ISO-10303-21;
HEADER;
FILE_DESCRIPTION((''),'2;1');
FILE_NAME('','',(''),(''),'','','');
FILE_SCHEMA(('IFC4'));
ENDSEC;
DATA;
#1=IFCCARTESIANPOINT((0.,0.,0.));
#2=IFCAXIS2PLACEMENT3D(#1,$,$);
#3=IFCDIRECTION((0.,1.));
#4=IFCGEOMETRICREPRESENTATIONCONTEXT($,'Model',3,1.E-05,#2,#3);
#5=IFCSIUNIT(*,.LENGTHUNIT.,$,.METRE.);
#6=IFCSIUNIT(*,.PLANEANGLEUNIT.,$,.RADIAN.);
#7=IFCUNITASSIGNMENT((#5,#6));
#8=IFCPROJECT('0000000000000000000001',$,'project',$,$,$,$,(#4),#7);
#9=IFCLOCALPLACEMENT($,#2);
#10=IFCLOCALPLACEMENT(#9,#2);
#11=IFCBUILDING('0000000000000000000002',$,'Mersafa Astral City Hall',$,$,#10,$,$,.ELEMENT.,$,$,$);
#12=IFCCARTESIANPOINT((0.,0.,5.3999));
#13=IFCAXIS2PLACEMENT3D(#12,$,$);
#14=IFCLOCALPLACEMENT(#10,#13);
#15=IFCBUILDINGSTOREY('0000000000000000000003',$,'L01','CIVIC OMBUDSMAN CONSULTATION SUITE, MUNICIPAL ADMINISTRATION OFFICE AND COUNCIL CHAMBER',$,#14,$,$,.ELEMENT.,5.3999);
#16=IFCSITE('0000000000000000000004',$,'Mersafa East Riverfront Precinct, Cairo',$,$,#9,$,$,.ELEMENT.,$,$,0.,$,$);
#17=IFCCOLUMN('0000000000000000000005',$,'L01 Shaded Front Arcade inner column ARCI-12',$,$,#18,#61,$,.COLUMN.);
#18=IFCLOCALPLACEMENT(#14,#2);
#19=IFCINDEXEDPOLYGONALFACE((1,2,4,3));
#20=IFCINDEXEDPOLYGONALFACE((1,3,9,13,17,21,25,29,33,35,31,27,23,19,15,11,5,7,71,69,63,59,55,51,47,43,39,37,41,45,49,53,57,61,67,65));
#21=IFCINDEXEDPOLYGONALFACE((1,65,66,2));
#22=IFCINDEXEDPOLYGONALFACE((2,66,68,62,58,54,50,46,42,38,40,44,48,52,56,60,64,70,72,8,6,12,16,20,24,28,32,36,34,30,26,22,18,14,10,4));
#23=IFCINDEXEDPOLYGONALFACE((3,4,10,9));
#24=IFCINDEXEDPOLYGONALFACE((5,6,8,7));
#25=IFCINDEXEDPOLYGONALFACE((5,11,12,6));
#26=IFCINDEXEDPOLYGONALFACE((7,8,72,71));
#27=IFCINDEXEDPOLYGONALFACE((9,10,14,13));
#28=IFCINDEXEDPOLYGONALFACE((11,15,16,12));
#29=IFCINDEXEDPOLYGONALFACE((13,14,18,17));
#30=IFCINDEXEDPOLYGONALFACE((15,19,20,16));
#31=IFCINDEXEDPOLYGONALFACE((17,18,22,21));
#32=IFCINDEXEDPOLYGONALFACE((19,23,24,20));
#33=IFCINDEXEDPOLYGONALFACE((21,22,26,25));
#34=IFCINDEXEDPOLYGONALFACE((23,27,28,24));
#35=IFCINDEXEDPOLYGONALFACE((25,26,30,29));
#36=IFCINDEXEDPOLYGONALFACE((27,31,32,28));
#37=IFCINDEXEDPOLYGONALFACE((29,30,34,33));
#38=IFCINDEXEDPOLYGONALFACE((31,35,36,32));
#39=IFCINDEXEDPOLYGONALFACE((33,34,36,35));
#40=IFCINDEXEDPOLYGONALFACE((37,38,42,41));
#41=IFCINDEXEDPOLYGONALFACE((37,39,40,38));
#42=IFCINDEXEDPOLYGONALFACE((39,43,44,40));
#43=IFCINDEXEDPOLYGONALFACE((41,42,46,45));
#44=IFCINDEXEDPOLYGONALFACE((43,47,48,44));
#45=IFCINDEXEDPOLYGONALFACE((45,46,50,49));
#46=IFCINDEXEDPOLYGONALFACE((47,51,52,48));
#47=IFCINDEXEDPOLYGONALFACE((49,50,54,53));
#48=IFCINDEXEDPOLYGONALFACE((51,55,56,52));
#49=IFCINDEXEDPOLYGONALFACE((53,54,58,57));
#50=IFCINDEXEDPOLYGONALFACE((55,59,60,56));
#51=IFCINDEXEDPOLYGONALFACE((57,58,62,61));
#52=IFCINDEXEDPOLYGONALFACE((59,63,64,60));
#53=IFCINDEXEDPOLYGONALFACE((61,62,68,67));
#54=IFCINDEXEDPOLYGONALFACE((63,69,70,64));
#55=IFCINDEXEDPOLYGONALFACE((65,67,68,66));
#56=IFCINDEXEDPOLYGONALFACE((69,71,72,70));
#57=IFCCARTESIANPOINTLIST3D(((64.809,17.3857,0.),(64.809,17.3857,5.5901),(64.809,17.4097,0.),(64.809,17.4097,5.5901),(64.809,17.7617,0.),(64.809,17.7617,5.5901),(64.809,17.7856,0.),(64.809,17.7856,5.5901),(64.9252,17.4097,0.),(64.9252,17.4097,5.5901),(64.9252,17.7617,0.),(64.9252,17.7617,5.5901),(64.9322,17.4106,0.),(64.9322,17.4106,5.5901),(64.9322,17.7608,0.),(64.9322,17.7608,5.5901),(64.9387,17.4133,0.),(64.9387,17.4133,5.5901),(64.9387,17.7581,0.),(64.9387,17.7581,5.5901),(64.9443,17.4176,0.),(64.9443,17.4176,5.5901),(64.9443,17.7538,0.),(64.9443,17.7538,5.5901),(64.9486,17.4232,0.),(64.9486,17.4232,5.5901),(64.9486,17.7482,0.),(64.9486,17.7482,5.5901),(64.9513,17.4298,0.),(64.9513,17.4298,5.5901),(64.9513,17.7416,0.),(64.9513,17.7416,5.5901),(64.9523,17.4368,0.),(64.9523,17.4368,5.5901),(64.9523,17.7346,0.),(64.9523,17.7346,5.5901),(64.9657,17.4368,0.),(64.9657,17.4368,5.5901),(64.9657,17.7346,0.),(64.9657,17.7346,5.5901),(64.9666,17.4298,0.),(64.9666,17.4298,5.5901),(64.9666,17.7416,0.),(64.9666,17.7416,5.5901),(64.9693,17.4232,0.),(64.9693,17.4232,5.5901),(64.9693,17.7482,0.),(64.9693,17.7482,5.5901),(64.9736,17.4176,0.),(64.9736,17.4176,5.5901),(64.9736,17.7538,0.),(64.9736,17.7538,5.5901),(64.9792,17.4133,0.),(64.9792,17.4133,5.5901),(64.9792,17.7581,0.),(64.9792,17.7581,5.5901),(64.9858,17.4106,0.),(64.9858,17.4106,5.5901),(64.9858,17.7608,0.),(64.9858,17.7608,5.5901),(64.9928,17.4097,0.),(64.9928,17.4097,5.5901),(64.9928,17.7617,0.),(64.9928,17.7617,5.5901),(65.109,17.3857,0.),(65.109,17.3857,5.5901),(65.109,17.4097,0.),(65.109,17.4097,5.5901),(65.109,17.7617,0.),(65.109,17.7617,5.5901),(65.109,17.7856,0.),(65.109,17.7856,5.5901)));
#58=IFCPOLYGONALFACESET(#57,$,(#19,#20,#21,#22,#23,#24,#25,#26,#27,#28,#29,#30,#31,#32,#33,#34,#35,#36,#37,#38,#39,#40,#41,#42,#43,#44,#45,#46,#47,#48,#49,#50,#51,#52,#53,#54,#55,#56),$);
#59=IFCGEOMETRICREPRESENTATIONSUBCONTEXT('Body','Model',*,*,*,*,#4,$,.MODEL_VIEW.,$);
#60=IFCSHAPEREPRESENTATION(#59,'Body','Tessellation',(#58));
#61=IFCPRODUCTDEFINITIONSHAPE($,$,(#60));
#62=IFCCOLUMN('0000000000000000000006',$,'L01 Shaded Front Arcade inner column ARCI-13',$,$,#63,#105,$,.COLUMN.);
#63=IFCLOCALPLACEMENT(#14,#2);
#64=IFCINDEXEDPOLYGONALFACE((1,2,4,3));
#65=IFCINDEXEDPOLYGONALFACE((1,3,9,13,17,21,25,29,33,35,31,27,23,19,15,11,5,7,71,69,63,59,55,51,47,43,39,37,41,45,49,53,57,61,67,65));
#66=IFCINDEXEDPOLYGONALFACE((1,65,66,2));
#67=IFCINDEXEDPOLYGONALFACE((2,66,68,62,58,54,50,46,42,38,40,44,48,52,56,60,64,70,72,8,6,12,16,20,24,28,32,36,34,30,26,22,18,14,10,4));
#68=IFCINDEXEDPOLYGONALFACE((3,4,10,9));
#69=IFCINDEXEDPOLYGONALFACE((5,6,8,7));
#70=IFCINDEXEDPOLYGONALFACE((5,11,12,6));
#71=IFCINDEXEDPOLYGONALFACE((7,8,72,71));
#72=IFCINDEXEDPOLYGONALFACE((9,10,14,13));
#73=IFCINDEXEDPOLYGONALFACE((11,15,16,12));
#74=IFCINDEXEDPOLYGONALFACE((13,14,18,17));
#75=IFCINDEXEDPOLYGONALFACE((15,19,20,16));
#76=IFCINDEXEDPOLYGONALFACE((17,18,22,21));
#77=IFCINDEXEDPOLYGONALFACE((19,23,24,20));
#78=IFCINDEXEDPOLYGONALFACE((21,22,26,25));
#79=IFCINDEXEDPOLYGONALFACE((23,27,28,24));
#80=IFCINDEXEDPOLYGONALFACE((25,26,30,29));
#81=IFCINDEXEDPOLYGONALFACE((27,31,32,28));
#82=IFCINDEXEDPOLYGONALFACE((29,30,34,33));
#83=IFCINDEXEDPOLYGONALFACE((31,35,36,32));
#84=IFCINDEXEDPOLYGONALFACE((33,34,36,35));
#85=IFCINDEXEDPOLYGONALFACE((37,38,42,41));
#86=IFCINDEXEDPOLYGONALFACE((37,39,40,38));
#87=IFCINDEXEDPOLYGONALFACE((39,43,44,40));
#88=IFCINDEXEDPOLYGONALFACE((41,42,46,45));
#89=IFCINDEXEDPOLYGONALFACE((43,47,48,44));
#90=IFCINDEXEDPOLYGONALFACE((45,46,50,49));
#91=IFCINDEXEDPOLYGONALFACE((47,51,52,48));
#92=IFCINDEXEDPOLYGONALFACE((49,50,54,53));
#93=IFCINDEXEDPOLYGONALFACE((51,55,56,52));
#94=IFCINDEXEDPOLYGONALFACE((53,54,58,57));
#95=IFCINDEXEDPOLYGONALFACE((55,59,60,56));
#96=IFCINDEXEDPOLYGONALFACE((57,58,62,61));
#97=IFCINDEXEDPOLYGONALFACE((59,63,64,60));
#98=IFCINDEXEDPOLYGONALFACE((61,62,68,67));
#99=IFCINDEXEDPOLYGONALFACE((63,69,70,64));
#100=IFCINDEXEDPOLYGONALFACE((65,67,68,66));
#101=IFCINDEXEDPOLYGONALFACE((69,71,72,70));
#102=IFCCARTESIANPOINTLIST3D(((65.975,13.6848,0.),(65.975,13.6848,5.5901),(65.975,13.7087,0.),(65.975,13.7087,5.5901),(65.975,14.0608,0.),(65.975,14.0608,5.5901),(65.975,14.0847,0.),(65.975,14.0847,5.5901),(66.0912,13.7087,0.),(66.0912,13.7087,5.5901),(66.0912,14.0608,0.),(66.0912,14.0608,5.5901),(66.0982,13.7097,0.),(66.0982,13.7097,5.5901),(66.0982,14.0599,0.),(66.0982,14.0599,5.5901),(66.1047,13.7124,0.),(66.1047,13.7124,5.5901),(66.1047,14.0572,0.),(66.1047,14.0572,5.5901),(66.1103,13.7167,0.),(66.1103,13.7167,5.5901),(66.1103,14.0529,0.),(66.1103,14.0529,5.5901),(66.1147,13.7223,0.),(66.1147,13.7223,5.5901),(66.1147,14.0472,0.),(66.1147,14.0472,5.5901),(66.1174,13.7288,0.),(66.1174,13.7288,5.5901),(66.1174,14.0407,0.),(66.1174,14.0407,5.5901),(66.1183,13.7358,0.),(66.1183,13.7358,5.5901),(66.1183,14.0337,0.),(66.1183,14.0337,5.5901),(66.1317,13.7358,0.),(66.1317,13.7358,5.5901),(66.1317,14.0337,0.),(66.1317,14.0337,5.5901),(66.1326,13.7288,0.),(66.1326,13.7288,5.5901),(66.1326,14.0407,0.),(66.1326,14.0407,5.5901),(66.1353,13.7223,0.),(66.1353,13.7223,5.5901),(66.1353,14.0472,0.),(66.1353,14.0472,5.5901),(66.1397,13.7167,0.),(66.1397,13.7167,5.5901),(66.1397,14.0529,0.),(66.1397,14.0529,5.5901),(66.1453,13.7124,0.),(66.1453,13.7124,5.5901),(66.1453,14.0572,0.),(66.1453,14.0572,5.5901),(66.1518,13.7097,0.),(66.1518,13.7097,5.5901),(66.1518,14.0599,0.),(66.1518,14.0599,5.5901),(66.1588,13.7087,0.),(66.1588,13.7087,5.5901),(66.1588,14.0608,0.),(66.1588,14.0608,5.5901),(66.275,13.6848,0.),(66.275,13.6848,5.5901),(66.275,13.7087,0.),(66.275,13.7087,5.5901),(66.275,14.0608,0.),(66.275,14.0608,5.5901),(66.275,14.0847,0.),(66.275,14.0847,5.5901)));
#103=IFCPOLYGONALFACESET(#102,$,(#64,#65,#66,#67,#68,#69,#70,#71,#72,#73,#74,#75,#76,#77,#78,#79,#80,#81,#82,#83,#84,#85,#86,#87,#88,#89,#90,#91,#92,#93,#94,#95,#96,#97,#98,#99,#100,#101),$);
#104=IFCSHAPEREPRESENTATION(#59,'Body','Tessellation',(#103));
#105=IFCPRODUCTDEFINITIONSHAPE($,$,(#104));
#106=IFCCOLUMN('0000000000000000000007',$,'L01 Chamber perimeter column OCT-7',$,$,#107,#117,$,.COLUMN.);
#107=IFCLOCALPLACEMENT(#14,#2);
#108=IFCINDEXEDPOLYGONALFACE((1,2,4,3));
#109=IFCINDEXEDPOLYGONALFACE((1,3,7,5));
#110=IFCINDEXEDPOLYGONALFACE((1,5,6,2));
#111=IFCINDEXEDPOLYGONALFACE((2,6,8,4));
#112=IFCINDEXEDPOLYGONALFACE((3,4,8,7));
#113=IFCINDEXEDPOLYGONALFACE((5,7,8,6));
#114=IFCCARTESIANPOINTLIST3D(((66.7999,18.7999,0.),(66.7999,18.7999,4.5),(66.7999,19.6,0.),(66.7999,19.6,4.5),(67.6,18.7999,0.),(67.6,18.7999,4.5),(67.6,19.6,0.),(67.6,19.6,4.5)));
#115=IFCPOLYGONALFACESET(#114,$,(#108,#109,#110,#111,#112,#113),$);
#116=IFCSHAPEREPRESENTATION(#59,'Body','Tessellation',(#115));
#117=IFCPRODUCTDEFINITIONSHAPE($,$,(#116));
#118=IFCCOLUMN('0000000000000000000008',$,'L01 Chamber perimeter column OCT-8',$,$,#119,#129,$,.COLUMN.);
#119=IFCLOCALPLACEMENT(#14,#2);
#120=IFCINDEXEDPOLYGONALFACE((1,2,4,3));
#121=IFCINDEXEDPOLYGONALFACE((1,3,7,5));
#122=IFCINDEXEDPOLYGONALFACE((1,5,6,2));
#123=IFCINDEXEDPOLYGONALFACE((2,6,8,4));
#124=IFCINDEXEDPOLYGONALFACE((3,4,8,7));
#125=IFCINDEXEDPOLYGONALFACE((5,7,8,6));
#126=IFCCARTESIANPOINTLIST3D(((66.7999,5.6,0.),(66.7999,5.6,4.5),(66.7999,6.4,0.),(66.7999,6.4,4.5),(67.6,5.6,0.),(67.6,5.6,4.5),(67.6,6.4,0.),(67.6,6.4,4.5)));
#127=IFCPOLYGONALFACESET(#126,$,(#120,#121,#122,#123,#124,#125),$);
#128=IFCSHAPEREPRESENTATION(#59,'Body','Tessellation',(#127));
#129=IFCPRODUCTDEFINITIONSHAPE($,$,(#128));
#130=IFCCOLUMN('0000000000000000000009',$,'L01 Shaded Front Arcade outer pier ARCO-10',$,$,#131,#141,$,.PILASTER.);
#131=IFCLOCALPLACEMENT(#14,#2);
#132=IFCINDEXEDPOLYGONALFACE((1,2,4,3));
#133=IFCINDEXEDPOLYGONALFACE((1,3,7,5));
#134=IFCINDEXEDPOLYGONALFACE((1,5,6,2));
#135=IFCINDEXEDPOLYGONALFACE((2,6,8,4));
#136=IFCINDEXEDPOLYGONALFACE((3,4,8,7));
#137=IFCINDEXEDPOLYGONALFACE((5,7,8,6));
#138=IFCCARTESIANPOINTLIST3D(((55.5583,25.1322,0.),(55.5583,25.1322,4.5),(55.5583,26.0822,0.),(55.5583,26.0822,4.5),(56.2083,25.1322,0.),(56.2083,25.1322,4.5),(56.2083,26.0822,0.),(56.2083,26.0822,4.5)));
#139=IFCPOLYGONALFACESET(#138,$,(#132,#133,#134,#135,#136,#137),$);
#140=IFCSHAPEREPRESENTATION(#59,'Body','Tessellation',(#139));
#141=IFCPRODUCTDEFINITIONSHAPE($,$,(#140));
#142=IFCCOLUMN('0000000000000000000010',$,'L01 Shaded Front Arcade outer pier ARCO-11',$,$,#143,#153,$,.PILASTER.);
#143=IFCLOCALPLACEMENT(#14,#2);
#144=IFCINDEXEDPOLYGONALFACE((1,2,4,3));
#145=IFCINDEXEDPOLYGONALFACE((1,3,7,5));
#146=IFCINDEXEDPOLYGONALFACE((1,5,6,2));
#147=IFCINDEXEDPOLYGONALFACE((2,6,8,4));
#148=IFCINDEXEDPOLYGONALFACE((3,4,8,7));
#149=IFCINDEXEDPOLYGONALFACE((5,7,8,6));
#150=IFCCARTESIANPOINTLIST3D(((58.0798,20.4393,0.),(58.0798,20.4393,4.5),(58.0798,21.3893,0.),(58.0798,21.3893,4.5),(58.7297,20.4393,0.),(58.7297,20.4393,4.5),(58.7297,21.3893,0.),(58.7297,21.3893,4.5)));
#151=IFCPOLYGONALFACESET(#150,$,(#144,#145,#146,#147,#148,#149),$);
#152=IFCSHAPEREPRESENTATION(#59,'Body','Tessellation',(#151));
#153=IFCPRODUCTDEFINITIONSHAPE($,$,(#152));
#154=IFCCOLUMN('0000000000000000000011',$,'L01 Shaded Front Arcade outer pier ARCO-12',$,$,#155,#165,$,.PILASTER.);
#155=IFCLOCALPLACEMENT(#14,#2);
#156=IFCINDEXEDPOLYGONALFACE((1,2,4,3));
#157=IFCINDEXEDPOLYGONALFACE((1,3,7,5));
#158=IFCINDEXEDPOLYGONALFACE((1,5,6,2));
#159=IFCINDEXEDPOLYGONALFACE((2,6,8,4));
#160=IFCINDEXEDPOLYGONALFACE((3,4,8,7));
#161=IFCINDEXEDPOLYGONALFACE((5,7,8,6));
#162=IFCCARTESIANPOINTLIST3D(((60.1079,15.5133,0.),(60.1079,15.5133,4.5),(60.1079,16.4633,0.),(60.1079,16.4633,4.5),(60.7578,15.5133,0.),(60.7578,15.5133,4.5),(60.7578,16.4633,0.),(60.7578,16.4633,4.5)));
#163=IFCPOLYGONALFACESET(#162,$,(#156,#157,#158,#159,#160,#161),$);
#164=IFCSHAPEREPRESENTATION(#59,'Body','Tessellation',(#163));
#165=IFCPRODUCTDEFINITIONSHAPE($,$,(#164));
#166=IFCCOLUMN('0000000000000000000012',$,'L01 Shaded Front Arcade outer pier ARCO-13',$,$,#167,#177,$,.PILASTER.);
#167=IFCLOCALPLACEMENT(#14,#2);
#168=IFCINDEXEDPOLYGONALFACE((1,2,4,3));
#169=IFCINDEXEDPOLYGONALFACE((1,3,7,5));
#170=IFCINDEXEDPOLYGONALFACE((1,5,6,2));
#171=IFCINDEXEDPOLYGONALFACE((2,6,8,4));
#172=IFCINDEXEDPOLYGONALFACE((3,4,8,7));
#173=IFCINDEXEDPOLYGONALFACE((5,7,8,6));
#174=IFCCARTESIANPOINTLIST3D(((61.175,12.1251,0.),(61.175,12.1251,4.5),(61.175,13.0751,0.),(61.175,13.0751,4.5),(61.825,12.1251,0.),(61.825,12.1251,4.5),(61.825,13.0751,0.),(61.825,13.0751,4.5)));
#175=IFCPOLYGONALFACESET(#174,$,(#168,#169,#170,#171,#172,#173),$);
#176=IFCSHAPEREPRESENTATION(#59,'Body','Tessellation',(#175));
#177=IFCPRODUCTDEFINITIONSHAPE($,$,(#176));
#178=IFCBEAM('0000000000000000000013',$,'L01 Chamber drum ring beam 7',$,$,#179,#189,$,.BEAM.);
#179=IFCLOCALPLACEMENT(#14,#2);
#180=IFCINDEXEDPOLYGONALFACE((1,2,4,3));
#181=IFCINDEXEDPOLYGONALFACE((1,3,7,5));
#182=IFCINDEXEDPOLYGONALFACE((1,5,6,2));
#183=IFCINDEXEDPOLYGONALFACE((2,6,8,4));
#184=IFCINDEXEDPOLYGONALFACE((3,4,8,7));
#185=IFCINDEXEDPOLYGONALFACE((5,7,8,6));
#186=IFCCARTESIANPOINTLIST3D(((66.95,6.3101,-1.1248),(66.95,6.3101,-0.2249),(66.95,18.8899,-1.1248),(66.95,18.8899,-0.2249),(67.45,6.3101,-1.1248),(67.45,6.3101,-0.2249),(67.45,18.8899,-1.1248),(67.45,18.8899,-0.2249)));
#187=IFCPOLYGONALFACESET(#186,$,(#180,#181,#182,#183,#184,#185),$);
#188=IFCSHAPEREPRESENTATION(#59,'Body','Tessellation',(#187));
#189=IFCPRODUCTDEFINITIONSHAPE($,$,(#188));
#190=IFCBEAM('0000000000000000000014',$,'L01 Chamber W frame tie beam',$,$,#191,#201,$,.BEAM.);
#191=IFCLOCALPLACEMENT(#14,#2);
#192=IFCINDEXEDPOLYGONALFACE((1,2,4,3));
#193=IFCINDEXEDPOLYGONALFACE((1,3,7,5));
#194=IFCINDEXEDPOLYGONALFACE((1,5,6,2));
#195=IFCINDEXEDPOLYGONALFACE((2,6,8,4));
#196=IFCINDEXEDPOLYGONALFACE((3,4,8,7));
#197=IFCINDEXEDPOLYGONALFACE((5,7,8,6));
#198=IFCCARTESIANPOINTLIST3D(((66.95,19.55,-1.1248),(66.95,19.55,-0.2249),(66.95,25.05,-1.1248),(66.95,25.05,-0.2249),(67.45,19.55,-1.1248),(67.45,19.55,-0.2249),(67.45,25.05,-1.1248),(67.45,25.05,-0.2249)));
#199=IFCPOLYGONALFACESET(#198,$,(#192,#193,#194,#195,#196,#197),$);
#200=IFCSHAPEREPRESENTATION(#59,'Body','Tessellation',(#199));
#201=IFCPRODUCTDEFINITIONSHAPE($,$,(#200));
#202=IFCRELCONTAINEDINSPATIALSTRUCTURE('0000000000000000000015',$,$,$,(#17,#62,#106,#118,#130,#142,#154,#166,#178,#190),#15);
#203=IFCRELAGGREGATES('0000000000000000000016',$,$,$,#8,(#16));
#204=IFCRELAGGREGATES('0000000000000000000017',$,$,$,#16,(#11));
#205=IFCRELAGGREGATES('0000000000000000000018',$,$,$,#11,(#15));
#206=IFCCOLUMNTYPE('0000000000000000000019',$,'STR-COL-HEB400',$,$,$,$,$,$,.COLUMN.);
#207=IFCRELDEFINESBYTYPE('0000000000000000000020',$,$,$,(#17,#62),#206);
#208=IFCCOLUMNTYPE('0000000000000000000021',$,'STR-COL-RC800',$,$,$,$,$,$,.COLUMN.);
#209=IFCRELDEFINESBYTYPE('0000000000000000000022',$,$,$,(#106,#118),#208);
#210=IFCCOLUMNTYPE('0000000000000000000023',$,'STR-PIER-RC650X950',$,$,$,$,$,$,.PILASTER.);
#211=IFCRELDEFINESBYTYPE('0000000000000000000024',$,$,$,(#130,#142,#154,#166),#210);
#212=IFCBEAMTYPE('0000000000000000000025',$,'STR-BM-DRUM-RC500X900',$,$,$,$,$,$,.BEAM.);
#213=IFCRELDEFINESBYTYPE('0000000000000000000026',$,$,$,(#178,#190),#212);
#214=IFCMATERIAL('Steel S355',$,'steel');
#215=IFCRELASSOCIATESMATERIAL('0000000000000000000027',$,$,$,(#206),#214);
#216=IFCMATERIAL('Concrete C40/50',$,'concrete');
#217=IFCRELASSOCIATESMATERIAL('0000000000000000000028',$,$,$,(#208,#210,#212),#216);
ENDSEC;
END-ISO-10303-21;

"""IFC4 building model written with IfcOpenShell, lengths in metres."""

from ifc_helpers import new_model, si_unit, direction, frame, origin, origin_2d, place, context, subcontext, project, spatial, rectangle, i_section, extrude, material, material_profile, profile_set, type_object, element, save


model = new_model("IFC4")

# Units and contexts
model_context = context("Model", 3, precision=1e-05, world=origin(), true_north=direction((0.0, 1.0)))
body_context = subcontext(model_context, "Body", "Model", "MODEL_VIEW")
ifc_project = project(units=[si_unit("LENGTHUNIT", "METRE"), si_unit("PLANEANGLEUNIT", "RADIAN")], contexts=[model_context])

# Site, building, storey
site_placement = place(None, origin())
site = spatial("IfcSite", under=ifc_project, at=site_placement, Name="Mersafa East Riverfront Precinct, Cairo", CompositionType="ELEMENT", RefElevation=0.0)
building_placement = place(site_placement, origin())
building = spatial("IfcBuilding", under=site, at=building_placement, Name="Mersafa Astral City Hall", CompositionType="ELEMENT")
storey_placement = place(building_placement, frame((0.0, 0.0, 5.3999)))
storey = spatial("IfcBuildingStorey", under=building, at=storey_placement, Name="L01", Description="CIVIC OMBUDSMAN CONSULTATION SUITE, MUNICIPAL ADMINISTRATION OFFICE AND COUNCIL CHAMBER", CompositionType="ELEMENT", Elevation=5.3999)

# Columns
ifc_material_1 = material(Name="Steel S355", Category="steel")
ifc_material_profile_1 = material_profile(ifc_material_1, i_section(OverallWidth=0.3, OverallDepth=0.3999, WebThickness=0.0134, FlangeThickness=0.0239, FilletRadius=0.0271, at=origin_2d()), Name="HEB 400")
ifc_profile_set_1 = profile_set([ifc_material_profile_1], Name="Steel S355")
column_type_1 = type_object("IfcColumnType", Name="STR-COL-HEB400", PredefinedType="COLUMN", material=ifc_profile_set_1)
for number, where, z_axis, x_axis, name in (
    (1, (64.959, 17.5857, 0.0), (0.0, 0.0, 1.0), (1.0, 0.0, 0.0), "L01 Shaded Front Arcade inner column ARCI-12"),
    (2, (66.125, 13.8848, 0.0), (0.0, 0.0, 1.0), (1.0, 0.0, 0.0), "L01 Shaded Front Arcade inner column ARCI-13"),
):
    element("IfcColumn", number, at=place(storey_placement, frame(where, z_axis=z_axis, x_axis=x_axis)), inside=storey, type_object=column_type_1, Name=name, PredefinedType="COLUMN", context=body_context, shape_type="SweptSolid", body=[
        extrude(i_section(OverallWidth=0.3, OverallDepth=0.3999, WebThickness=0.0134, FlangeThickness=0.0239, FilletRadius=0.0271, at=origin_2d()), origin(), (0.0, 0.0, 1.0), 5.5901),
    ])
ifc_material_2 = material(Name="Concrete C40/50", Category="concrete")
ifc_material_profile_2 = material_profile(ifc_material_2, rectangle(XDim=0.8, YDim=0.8, at=origin_2d()), Name="RC 800x800")
ifc_profile_set_2 = profile_set([ifc_material_profile_2], Name="Concrete C40/50")
column_type_2 = type_object("IfcColumnType", Name="STR-COL-RC800", PredefinedType="COLUMN", material=ifc_profile_set_2)
for number, where, z_axis, x_axis, name in (
    (3, (67.2, 19.2, 0.0), (0.0, 0.0, 1.0), (1.0, 0.0, 0.0), "L01 Chamber perimeter column OCT-7"),
    (4, (67.2, 6.0, 0.0), (0.0, 0.0, 1.0), (1.0, 0.0, 0.0), "L01 Chamber perimeter column OCT-8"),
):
    element("IfcColumn", number, at=place(storey_placement, frame(where, z_axis=z_axis, x_axis=x_axis)), inside=storey, type_object=column_type_2, Name=name, PredefinedType="COLUMN", context=body_context, shape_type="SweptSolid", body=[
        extrude(rectangle(XDim=0.8, YDim=0.8, at=origin_2d()), origin(), (0.0, 0.0, 1.0), 4.5),
    ])
ifc_material_profile_3 = material_profile(ifc_material_2, rectangle(XDim=0.6499, YDim=0.95, at=origin_2d()), Name="RC 650x950")
ifc_profile_set_3 = profile_set([ifc_material_profile_3], Name="Concrete C40/50")
column_type_3 = type_object("IfcColumnType", Name="STR-PIER-RC650X950", PredefinedType="PILASTER", material=ifc_profile_set_3)
for number, where, z_axis, x_axis, name in (
    (5, (55.8833, 25.6072, 0.0), (0.0, 0.0, 1.0), (1.0, 0.0, 0.0), "L01 Shaded Front Arcade outer pier ARCO-10"),
    (6, (58.4048, 20.9143, 0.0), (0.0, 0.0, 1.0), (1.0, 0.0, 0.0), "L01 Shaded Front Arcade outer pier ARCO-11"),
    (7, (60.4329, 15.9883, 0.0), (0.0, 0.0, 1.0), (1.0, 0.0, 0.0), "L01 Shaded Front Arcade outer pier ARCO-12"),
    (8, (61.5, 12.6001, 0.0), (0.0, 0.0, 1.0), (1.0, 0.0, 0.0), "L01 Shaded Front Arcade outer pier ARCO-13"),
):
    element("IfcColumn", number, at=place(storey_placement, frame(where, z_axis=z_axis, x_axis=x_axis)), inside=storey, type_object=column_type_3, Name=name, PredefinedType="PILASTER", context=body_context, shape_type="SweptSolid", body=[
        extrude(rectangle(XDim=0.6499, YDim=0.95, at=origin_2d()), origin(), (0.0, 0.0, 1.0), 4.5),
    ])

# Beams
ifc_material_profile_4 = material_profile(ifc_material_2, rectangle(XDim=0.5, YDim=0.8999, at=origin_2d()), Name="RC 500x900")
ifc_profile_set_4 = profile_set([ifc_material_profile_4], Name="Concrete C40/50")
beam_type_1 = type_object("IfcBeamType", Name="STR-BM-DRUM-RC500X900", PredefinedType="BEAM", material=ifc_profile_set_4)
beam_1_placement = place(storey_placement, frame((67.2, 18.8899, -0.6748), z_axis=(0.0, -1.0, 0.0), x_axis=(1.0, 0.0, 0.0)))
element("IfcBeam", 9, at=beam_1_placement, inside=storey, type_object=beam_type_1, Name="L01 Chamber drum ring beam 7", PredefinedType="BEAM", context=body_context, shape_type="SweptSolid", body=[
    extrude(rectangle(XDim=0.5, YDim=0.8999, at=origin_2d()), origin(), (0.0, 0.0, 1.0), 12.5798),
])
beam_2_placement = place(storey_placement, frame((67.2, 19.55, -0.6748), z_axis=(0.0, 1.0, 0.0), x_axis=(-1.0, 0.0, 0.0)))
element("IfcBeam", 10, at=beam_2_placement, inside=storey, type_object=beam_type_1, Name="L01 Chamber W frame tie beam", PredefinedType="BEAM", context=body_context, shape_type="SweptSolid", body=[
    extrude(rectangle(XDim=0.5, YDim=0.8999, at=origin_2d()), origin(), (0.0, 0.0, 1.0), 5.5),
])

save(model, "model.ifc")
